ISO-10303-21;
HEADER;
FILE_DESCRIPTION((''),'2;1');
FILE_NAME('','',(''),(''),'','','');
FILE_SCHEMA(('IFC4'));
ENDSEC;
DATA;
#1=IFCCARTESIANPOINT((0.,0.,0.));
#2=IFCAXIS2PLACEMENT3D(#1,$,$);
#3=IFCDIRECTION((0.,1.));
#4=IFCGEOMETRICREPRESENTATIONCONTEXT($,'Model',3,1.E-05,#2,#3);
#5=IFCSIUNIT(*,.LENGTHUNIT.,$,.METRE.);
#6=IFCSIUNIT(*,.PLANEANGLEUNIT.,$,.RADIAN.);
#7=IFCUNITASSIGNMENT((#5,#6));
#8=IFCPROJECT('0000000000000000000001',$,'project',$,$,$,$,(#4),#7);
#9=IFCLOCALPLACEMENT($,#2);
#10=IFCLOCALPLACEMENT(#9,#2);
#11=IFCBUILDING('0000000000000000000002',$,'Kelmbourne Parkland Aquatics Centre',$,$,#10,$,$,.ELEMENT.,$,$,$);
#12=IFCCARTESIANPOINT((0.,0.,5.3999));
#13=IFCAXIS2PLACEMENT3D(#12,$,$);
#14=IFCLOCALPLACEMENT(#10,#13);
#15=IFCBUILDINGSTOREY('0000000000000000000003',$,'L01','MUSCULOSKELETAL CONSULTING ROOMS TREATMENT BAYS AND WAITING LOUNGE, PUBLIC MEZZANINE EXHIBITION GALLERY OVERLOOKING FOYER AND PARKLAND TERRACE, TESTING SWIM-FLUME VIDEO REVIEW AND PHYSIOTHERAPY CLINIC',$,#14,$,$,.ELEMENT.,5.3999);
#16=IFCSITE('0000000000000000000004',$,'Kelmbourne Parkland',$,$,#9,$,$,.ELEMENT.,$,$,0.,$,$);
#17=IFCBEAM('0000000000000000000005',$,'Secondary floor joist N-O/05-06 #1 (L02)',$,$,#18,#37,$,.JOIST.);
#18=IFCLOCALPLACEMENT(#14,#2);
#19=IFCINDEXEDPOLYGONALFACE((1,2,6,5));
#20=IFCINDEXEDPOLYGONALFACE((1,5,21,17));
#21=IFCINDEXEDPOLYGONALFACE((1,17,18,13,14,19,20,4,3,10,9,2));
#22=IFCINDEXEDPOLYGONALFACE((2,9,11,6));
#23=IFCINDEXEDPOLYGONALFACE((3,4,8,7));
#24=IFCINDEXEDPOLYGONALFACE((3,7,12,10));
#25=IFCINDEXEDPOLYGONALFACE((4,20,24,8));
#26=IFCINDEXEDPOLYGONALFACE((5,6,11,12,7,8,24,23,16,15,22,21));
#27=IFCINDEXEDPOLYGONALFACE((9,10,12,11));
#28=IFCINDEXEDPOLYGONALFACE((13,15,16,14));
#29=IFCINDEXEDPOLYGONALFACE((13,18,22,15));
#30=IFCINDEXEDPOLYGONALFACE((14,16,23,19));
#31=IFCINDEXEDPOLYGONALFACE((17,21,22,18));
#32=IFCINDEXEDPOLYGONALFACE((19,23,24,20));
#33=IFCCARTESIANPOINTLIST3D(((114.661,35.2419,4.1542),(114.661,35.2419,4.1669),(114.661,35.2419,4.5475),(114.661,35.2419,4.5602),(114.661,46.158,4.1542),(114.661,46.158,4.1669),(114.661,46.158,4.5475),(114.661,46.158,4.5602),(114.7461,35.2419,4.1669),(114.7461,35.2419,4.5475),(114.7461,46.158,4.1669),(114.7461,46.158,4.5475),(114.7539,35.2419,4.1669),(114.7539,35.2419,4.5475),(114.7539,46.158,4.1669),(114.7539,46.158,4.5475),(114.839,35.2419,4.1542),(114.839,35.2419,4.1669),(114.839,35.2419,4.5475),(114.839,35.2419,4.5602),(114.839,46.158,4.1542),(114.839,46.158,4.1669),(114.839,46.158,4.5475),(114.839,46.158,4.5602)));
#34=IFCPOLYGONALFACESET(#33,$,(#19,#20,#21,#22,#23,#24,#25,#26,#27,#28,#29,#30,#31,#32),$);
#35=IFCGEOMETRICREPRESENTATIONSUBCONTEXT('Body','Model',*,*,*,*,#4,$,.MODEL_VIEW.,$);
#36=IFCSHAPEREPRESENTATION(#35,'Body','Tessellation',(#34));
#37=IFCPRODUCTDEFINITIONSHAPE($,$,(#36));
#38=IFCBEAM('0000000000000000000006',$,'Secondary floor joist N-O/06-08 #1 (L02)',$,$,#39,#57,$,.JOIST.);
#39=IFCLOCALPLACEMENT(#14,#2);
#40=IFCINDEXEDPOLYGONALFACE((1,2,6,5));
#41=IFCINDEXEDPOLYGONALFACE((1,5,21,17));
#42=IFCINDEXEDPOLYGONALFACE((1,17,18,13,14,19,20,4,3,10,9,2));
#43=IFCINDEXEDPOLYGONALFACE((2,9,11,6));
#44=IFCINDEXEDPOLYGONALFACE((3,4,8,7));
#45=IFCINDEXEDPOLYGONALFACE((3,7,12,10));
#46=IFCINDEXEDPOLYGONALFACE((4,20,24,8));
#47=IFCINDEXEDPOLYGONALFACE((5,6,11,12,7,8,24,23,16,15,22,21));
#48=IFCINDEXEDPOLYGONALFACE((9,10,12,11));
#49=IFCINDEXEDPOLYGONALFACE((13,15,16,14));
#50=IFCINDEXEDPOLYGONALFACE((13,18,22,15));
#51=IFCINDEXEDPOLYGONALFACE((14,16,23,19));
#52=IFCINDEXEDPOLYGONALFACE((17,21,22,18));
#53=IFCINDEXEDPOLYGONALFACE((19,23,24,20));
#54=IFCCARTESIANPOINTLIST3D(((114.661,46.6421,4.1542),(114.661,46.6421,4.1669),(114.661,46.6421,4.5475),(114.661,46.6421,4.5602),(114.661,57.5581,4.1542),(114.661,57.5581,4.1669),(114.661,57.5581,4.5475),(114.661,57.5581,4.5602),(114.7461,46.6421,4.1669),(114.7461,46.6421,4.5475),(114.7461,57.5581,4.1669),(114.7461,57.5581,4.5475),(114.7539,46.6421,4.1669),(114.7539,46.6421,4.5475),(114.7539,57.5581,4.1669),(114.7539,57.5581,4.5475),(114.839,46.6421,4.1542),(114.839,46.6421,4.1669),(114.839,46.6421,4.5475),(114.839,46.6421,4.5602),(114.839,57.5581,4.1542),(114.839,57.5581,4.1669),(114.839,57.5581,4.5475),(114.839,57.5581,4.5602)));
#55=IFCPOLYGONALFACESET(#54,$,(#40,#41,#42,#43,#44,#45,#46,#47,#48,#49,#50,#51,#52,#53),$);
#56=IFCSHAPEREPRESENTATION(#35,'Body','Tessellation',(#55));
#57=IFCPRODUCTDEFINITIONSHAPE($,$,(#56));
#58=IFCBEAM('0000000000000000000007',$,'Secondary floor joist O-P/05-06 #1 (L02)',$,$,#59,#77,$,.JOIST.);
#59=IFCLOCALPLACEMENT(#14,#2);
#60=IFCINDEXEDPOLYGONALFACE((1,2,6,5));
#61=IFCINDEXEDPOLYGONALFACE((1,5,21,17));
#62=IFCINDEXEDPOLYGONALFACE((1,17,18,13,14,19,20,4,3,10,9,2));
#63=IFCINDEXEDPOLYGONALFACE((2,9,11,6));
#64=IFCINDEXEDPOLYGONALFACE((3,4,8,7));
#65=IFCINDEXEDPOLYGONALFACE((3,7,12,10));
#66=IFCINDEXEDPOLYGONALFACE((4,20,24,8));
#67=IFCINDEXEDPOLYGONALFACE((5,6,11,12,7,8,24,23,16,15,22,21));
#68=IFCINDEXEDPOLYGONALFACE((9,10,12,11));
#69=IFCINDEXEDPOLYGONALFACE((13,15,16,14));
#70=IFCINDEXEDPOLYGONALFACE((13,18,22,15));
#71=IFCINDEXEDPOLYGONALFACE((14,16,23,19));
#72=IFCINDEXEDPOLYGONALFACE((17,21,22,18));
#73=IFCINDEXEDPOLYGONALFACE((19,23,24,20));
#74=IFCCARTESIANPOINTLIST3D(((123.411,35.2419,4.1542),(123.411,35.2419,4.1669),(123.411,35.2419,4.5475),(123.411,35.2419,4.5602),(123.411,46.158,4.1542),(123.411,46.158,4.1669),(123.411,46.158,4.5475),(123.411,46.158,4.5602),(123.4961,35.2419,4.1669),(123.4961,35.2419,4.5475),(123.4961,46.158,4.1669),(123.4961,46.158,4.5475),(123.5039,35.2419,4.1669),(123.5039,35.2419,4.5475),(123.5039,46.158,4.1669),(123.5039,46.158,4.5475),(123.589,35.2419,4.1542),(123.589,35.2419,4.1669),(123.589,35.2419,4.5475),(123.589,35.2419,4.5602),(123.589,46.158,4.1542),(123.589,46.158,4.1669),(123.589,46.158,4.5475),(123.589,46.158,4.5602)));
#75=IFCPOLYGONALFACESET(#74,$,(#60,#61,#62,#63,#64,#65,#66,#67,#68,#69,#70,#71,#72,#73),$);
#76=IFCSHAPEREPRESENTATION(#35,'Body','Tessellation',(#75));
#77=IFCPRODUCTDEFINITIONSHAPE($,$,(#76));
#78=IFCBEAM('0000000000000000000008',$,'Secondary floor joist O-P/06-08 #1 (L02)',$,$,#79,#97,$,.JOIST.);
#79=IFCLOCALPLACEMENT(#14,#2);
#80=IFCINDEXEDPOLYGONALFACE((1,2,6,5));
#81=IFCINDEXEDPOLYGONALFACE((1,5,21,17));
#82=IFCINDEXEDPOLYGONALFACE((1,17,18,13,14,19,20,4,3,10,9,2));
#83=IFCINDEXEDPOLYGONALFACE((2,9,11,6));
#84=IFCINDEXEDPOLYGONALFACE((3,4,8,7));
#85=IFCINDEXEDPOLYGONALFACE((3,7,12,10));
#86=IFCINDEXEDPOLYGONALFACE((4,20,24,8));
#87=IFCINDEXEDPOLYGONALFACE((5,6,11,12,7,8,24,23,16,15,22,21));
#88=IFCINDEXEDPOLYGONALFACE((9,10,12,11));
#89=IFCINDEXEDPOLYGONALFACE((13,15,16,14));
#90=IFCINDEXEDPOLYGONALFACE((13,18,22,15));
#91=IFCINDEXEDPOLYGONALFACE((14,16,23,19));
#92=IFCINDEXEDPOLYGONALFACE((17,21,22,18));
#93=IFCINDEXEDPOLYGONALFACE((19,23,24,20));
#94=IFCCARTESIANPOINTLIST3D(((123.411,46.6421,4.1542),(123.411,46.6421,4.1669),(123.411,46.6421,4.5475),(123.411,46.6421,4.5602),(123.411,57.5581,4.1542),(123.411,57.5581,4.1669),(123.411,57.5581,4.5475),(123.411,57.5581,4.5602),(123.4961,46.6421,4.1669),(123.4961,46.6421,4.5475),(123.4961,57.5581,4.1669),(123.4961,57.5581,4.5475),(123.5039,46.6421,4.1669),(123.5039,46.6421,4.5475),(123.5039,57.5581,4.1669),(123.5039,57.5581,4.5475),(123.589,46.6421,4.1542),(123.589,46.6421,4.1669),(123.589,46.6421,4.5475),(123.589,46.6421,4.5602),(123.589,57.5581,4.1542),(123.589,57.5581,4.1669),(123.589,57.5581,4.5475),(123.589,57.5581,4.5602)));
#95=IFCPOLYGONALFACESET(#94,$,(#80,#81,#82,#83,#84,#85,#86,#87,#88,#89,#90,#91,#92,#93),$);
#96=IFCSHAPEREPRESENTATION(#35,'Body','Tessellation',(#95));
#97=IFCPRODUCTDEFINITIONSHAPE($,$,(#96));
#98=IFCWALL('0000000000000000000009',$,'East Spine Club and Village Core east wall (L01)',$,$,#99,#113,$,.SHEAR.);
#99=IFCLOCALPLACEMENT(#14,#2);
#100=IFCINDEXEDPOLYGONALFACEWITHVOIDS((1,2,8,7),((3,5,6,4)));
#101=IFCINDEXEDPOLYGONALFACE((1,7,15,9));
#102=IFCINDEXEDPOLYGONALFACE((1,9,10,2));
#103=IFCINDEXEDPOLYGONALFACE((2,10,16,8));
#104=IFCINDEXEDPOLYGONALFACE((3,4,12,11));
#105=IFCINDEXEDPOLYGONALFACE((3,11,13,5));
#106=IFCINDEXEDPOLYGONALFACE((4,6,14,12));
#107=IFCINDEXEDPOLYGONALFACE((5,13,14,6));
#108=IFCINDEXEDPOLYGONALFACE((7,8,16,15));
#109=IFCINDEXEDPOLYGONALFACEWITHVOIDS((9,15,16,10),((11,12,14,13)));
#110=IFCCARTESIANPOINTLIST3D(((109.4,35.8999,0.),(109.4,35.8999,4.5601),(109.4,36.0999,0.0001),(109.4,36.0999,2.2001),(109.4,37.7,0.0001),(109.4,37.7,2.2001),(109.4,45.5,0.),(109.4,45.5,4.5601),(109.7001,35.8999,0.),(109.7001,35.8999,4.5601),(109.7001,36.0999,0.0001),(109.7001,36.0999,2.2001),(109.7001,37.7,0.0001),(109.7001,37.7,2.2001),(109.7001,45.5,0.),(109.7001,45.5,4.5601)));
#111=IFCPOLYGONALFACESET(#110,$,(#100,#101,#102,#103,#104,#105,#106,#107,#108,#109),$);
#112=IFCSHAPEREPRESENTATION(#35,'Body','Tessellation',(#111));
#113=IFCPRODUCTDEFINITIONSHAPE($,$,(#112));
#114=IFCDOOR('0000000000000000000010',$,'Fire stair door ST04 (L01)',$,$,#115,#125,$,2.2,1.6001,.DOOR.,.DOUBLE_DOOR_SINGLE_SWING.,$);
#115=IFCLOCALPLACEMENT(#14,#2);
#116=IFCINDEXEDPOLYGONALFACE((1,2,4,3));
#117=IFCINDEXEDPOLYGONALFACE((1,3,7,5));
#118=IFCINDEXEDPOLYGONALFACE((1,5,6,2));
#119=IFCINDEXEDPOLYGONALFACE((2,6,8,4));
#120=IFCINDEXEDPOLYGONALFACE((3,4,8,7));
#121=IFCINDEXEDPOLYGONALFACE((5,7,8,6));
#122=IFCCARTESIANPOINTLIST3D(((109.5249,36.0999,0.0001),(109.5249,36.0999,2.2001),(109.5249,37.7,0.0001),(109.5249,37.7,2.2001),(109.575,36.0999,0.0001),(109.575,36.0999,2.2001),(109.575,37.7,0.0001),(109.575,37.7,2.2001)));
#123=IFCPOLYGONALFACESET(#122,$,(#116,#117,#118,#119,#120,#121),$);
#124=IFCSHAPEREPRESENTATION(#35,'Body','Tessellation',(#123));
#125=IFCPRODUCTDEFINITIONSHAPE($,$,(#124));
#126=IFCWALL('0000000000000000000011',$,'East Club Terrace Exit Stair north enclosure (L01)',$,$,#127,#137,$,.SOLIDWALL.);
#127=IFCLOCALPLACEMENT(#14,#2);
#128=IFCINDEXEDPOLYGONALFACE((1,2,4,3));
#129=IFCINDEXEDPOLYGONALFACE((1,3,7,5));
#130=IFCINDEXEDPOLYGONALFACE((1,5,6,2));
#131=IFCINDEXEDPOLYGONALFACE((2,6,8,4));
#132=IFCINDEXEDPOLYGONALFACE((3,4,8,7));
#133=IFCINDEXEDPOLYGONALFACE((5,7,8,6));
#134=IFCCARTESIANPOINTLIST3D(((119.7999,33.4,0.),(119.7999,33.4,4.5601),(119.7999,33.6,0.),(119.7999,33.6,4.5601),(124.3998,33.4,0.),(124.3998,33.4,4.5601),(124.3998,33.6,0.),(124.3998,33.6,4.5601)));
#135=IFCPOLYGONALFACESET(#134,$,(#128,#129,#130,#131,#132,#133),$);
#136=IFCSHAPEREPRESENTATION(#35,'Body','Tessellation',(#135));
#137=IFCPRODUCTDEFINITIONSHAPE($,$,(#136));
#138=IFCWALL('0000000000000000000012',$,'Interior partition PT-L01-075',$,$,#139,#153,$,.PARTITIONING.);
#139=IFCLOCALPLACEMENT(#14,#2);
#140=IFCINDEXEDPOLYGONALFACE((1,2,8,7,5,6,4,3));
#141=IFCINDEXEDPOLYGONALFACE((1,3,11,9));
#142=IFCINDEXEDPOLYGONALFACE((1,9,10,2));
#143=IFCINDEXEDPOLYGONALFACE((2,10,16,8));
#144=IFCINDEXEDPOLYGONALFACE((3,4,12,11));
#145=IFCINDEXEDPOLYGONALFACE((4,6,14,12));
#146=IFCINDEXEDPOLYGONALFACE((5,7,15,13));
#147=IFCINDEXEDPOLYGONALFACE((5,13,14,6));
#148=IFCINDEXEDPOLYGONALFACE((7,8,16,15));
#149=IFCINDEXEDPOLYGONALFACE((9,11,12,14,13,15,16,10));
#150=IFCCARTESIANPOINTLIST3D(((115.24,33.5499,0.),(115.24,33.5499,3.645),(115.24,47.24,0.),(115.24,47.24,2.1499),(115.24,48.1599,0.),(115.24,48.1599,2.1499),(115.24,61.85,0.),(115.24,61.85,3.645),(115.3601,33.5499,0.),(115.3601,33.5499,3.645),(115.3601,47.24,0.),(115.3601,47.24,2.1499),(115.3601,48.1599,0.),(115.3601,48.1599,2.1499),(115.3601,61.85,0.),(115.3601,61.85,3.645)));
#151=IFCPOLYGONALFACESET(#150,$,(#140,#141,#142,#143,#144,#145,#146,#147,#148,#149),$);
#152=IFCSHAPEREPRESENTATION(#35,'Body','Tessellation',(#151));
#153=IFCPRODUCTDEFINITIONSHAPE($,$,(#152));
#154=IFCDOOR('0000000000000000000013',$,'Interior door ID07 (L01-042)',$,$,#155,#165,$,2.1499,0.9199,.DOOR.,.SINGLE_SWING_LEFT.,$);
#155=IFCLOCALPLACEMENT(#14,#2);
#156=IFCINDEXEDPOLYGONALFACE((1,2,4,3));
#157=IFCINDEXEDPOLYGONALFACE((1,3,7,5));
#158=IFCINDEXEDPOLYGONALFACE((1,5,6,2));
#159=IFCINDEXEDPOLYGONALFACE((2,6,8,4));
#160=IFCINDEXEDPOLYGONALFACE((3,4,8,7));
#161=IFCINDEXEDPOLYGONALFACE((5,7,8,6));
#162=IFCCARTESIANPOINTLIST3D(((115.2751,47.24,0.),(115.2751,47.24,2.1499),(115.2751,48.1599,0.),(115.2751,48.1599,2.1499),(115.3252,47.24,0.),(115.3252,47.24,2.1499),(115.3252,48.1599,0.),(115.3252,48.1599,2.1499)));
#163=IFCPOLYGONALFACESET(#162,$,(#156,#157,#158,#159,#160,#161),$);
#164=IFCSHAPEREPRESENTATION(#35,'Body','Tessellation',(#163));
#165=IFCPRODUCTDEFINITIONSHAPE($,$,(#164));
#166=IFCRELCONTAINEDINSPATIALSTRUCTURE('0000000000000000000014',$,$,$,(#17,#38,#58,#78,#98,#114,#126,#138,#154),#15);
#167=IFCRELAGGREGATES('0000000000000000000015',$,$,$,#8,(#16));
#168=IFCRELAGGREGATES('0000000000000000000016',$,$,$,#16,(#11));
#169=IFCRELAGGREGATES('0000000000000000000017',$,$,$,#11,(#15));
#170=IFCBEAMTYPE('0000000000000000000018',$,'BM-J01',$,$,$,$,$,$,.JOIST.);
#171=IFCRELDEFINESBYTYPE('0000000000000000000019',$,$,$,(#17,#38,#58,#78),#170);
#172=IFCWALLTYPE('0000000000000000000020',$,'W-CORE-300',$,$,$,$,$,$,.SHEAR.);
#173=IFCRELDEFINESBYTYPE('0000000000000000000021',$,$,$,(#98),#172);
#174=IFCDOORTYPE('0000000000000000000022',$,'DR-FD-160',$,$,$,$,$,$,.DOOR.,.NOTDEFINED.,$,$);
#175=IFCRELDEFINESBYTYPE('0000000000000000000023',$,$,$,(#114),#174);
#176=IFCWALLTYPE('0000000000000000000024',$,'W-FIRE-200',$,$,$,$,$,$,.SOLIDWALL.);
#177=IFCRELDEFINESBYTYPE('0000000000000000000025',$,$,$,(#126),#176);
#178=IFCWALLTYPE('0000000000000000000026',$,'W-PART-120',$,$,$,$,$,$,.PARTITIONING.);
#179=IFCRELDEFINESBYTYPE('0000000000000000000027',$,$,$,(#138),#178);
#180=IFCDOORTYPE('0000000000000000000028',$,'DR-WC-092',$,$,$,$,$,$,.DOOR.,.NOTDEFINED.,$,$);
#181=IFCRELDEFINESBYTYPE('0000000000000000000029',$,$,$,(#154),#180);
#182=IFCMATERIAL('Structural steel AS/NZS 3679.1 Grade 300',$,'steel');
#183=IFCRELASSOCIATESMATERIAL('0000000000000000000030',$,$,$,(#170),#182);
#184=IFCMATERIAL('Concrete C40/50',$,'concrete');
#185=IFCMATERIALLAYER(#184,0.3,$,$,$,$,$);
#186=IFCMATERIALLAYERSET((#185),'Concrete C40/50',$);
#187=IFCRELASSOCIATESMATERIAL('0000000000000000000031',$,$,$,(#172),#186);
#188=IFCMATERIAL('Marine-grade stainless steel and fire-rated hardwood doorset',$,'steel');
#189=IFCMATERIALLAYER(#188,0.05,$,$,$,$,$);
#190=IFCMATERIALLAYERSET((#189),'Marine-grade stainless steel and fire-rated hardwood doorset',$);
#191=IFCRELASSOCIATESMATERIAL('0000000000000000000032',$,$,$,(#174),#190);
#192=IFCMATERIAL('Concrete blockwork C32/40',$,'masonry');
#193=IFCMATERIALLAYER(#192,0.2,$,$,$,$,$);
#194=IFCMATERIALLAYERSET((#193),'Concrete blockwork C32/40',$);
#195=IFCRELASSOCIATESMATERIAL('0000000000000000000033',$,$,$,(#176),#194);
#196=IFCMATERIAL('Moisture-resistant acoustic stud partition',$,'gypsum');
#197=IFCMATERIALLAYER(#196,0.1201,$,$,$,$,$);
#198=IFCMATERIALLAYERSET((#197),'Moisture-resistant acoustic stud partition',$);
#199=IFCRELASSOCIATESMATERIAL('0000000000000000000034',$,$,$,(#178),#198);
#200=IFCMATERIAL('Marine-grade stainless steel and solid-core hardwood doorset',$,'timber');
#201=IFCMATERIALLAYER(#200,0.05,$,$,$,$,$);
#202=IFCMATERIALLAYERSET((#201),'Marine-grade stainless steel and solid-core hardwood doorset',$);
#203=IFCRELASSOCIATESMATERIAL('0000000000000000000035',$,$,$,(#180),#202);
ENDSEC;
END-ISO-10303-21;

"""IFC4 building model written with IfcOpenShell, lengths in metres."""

from ifc_helpers import new_model, si_unit, direction, frame, frame_2d, origin, origin_2d, place, context, subcontext, project, spatial, rectangle, i_section, extrude, material, layer, layer_set, material_profile, profile_set, type_object, element, fill, save


model = new_model("IFC4")

# Units and contexts
model_context = context("Model", 3, precision=1e-05, world=origin(), true_north=direction((0.0, 1.0)))
body_context = subcontext(model_context, "Body", "Model", "MODEL_VIEW")
ifc_project = project(units=[si_unit("LENGTHUNIT", "METRE"), si_unit("PLANEANGLEUNIT", "RADIAN")], contexts=[model_context])

# Site, building, storey
site_placement = place(None, origin())
site = spatial("IfcSite", under=ifc_project, at=site_placement, Name="Kelmbourne Parkland", CompositionType="ELEMENT", RefElevation=0.0)
building_placement = place(site_placement, origin())
building = spatial("IfcBuilding", under=site, at=building_placement, Name="Kelmbourne Parkland Aquatics Centre", CompositionType="ELEMENT")
storey_placement = place(building_placement, frame((0.0, 0.0, 5.3999)))
storey = spatial("IfcBuildingStorey", under=building, at=storey_placement, Name="L01", Description="MUSCULOSKELETAL CONSULTING ROOMS TREATMENT BAYS AND WAITING LOUNGE, PUBLIC MEZZANINE EXHIBITION GALLERY OVERLOOKING FOYER AND PARKLAND TERRACE, TESTING SWIM-FLUME VIDEO REVIEW AND PHYSIOTHERAPY CLINIC", CompositionType="ELEMENT", Elevation=5.3999)

# Shared definitions
ifc_material_1 = material(Name="Concrete C40/50", Category="concrete")

# Beams
ifc_material_2 = material(Name="Structural steel AS/NZS 3679.1 Grade 300", Category="steel")
ifc_material_profile_1 = material_profile(ifc_material_2, i_section(OverallWidth=0.178, OverallDepth=0.406, WebThickness=0.0078, FlangeThickness=0.0127, at=origin_2d()), Name="410UB59.7")
ifc_profile_set_1 = profile_set([ifc_material_profile_1], Name="Structural steel AS/NZS 3679.1 Grade 300")
beam_type_1 = type_object("IfcBeamType", Name="BM-J01", PredefinedType="JOIST", material=ifc_profile_set_1)
for number, where, z_axis, x_axis, name in (
    (1, (114.75, 35.2419, 4.3572), (0.0, 1.0, 0.0), (-1.0, 0.0, 0.0), "Secondary floor joist N-O/05-06 #1 (L02)"),
    (2, (114.75, 46.6421, 4.3572), (0.0, 1.0, 0.0), (-1.0, 0.0, 0.0), "Secondary floor joist N-O/06-08 #1 (L02)"),
    (3, (123.5, 35.2419, 4.3572), (0.0, 1.0, 0.0), (-1.0, 0.0, 0.0), "Secondary floor joist O-P/05-06 #1 (L02)"),
    (4, (123.5, 46.6421, 4.3572), (0.0, 1.0, 0.0), (-1.0, 0.0, 0.0), "Secondary floor joist O-P/06-08 #1 (L02)"),
):
    element("IfcBeam", number, at=place(storey_placement, frame(where, z_axis=z_axis, x_axis=x_axis)), inside=storey, type_object=beam_type_1, Name=name, PredefinedType="JOIST", context=body_context, shape_type="SweptSolid", body=[
        extrude(i_section(OverallWidth=0.178, OverallDepth=0.406, WebThickness=0.0078, FlangeThickness=0.0127, at=origin_2d()), origin(), (0.0, 0.0, 1.0), 10.916),
    ])

# Wall, opening, door
ifc_layer_1 = layer(ifc_material_1, 0.3)
ifc_layer_set_1 = layer_set([ifc_layer_1], Name="Concrete C40/50")
wall_type_1 = type_object("IfcWallType", Name="W-CORE-300", PredefinedType="SHEAR", material=ifc_layer_set_1)
wall_1_placement = place(storey_placement, frame((109.55, 35.8999, 0.0), z_axis=(0.0, 0.0, 1.0), x_axis=(0.0, 1.0, 0.0)))
wall_1 = element("IfcWall", 5, at=wall_1_placement, inside=storey, type_object=wall_type_1, Name="East Spine Club and Village Core east wall (L01)", PredefinedType="SHEAR", context=body_context, shape_type="SweptSolid", body=[
    extrude(rectangle(XDim=9.6001, YDim=0.3, at=frame_2d((4.8, 0.0))), origin(), (0.0, 0.0, 1.0), 4.5601),
])
opening_1_placement = place(wall_1_placement, frame((0.2, 0.0, 0.0)))
opening_1 = element("IfcOpeningElement", 6, at=opening_1_placement, cuts=wall_1, PredefinedType="OPENING", context=body_context, shape_type="SweptSolid", body=[
    extrude(rectangle(XDim=1.6001, YDim=2.2, at=frame_2d((0.8, 1.1001))), frame((0.0, 0.1621, 0.0), z_axis=(0.0, -1.0, 0.0), x_axis=(1.0, 0.0, 0.0)), (0.0, 0.0, 1.0), 0.324),
])
ifc_material_3 = material(Name="Marine-grade stainless steel and fire-rated hardwood doorset", Category="steel")
ifc_layer_2 = layer(ifc_material_3, 0.05)
ifc_layer_set_2 = layer_set([ifc_layer_2], Name="Marine-grade stainless steel and fire-rated hardwood doorset")
door_type_1 = type_object("IfcDoorType", Name="DR-FD-160", OperationType="NOTDEFINED", PredefinedType="DOOR", material=ifc_layer_set_2)
door_1_placement = place(opening_1_placement, frame((1.6001, 0.0, 0.0), z_axis=(0.0, 0.0, 1.0), x_axis=(-1.0, 0.0, 0.0)))
door_1 = element("IfcDoor", 7, at=door_1_placement, inside=storey, type_object=door_type_1, Name="Fire stair door ST04 (L01)", OperationType="DOUBLE_DOOR_SINGLE_SWING", OverallHeight=2.2, OverallWidth=1.6001, PredefinedType="DOOR", context=body_context, shape_type="SweptSolid", body=[
    extrude(rectangle(XDim=1.6001, YDim=2.2, at=frame_2d((0.8, 1.1001))), frame((0.0, 0.0249, 0.0), z_axis=(0.0, -1.0, 0.0), x_axis=(1.0, 0.0, 0.0)), (0.0, 0.0, 1.0), 0.05),
])
fill(opening_1, door_1)

# Wall
ifc_material_4 = material(Name="Concrete blockwork C32/40", Category="masonry")
ifc_layer_3 = layer(ifc_material_4, 0.2)
ifc_layer_set_3 = layer_set([ifc_layer_3], Name="Concrete blockwork C32/40")
wall_type_2 = type_object("IfcWallType", Name="W-FIRE-200", PredefinedType="SOLIDWALL", material=ifc_layer_set_3)
wall_2_placement = place(storey_placement, frame((119.8, 33.5, 0.0), z_axis=(0.0, 0.0, 1.0), x_axis=(1.0, 0.0, 0.0)))
element("IfcWall", 8, at=wall_2_placement, inside=storey, type_object=wall_type_2, Name="East Club Terrace Exit Stair north enclosure (L01)", PredefinedType="SOLIDWALL", context=body_context, shape_type="SweptSolid", body=[
    extrude(rectangle(XDim=4.5999, YDim=0.2, at=frame_2d((2.2998, 0.0))), origin(), (0.0, 0.0, 1.0), 4.5601),
])

# Wall, opening, door
ifc_material_5 = material(Name="Moisture-resistant acoustic stud partition", Category="gypsum")
ifc_layer_4 = layer(ifc_material_5, 0.1201)
ifc_layer_set_4 = layer_set([ifc_layer_4], Name="Moisture-resistant acoustic stud partition")
wall_type_3 = type_object("IfcWallType", Name="W-PART-120", PredefinedType="PARTITIONING", material=ifc_layer_set_4)
wall_3_placement = place(storey_placement, frame((115.3, 33.55, 0.0), z_axis=(0.0, 0.0, 1.0), x_axis=(0.0, 1.0, 0.0)))
wall_3 = element("IfcWall", 9, at=wall_3_placement, inside=storey, type_object=wall_type_3, Name="Interior partition PT-L01-075", PredefinedType="PARTITIONING", context=body_context, shape_type="SweptSolid", body=[
    extrude(rectangle(XDim=28.3, YDim=0.1201, at=frame_2d((14.1499, 0.0))), origin(), (0.0, 0.0, 1.0), 3.645),
])
opening_2_placement = place(wall_3_placement, frame((13.6899, 0.0, 0.0)))
opening_2 = element("IfcOpeningElement", 10, at=opening_2_placement, cuts=wall_3, PredefinedType="OPENING", context=body_context, shape_type="SweptSolid", body=[
    extrude(rectangle(XDim=0.9199, YDim=2.1499, at=frame_2d((0.46, 1.075))), frame((0.0, 0.072, 0.0), z_axis=(0.0, -1.0, 0.0), x_axis=(1.0, 0.0, 0.0)), (0.0, 0.0, 1.0), 0.144),
])
ifc_material_6 = material(Name="Marine-grade stainless steel and solid-core hardwood doorset", Category="timber")
ifc_layer_5 = layer(ifc_material_6, 0.05)
ifc_layer_set_5 = layer_set([ifc_layer_5], Name="Marine-grade stainless steel and solid-core hardwood doorset")
door_type_2 = type_object("IfcDoorType", Name="DR-WC-092", OperationType="NOTDEFINED", PredefinedType="DOOR", material=ifc_layer_set_5)
door_2_placement = place(opening_2_placement, origin())
door_2 = element("IfcDoor", 11, at=door_2_placement, inside=storey, type_object=door_type_2, Name="Interior door ID07 (L01-042)", OperationType="SINGLE_SWING_LEFT", OverallHeight=2.1499, OverallWidth=0.9199, PredefinedType="DOOR", context=body_context, shape_type="SweptSolid", body=[
    extrude(rectangle(XDim=0.9199, YDim=2.1499, at=frame_2d((0.46, 1.075))), frame((0.0, 0.0249, 0.0), z_axis=(0.0, -1.0, 0.0), x_axis=(1.0, 0.0, 0.0)), (0.0, 0.0, 1.0), 0.05),
])
fill(opening_2, door_2)

save(model, "model.ifc")
